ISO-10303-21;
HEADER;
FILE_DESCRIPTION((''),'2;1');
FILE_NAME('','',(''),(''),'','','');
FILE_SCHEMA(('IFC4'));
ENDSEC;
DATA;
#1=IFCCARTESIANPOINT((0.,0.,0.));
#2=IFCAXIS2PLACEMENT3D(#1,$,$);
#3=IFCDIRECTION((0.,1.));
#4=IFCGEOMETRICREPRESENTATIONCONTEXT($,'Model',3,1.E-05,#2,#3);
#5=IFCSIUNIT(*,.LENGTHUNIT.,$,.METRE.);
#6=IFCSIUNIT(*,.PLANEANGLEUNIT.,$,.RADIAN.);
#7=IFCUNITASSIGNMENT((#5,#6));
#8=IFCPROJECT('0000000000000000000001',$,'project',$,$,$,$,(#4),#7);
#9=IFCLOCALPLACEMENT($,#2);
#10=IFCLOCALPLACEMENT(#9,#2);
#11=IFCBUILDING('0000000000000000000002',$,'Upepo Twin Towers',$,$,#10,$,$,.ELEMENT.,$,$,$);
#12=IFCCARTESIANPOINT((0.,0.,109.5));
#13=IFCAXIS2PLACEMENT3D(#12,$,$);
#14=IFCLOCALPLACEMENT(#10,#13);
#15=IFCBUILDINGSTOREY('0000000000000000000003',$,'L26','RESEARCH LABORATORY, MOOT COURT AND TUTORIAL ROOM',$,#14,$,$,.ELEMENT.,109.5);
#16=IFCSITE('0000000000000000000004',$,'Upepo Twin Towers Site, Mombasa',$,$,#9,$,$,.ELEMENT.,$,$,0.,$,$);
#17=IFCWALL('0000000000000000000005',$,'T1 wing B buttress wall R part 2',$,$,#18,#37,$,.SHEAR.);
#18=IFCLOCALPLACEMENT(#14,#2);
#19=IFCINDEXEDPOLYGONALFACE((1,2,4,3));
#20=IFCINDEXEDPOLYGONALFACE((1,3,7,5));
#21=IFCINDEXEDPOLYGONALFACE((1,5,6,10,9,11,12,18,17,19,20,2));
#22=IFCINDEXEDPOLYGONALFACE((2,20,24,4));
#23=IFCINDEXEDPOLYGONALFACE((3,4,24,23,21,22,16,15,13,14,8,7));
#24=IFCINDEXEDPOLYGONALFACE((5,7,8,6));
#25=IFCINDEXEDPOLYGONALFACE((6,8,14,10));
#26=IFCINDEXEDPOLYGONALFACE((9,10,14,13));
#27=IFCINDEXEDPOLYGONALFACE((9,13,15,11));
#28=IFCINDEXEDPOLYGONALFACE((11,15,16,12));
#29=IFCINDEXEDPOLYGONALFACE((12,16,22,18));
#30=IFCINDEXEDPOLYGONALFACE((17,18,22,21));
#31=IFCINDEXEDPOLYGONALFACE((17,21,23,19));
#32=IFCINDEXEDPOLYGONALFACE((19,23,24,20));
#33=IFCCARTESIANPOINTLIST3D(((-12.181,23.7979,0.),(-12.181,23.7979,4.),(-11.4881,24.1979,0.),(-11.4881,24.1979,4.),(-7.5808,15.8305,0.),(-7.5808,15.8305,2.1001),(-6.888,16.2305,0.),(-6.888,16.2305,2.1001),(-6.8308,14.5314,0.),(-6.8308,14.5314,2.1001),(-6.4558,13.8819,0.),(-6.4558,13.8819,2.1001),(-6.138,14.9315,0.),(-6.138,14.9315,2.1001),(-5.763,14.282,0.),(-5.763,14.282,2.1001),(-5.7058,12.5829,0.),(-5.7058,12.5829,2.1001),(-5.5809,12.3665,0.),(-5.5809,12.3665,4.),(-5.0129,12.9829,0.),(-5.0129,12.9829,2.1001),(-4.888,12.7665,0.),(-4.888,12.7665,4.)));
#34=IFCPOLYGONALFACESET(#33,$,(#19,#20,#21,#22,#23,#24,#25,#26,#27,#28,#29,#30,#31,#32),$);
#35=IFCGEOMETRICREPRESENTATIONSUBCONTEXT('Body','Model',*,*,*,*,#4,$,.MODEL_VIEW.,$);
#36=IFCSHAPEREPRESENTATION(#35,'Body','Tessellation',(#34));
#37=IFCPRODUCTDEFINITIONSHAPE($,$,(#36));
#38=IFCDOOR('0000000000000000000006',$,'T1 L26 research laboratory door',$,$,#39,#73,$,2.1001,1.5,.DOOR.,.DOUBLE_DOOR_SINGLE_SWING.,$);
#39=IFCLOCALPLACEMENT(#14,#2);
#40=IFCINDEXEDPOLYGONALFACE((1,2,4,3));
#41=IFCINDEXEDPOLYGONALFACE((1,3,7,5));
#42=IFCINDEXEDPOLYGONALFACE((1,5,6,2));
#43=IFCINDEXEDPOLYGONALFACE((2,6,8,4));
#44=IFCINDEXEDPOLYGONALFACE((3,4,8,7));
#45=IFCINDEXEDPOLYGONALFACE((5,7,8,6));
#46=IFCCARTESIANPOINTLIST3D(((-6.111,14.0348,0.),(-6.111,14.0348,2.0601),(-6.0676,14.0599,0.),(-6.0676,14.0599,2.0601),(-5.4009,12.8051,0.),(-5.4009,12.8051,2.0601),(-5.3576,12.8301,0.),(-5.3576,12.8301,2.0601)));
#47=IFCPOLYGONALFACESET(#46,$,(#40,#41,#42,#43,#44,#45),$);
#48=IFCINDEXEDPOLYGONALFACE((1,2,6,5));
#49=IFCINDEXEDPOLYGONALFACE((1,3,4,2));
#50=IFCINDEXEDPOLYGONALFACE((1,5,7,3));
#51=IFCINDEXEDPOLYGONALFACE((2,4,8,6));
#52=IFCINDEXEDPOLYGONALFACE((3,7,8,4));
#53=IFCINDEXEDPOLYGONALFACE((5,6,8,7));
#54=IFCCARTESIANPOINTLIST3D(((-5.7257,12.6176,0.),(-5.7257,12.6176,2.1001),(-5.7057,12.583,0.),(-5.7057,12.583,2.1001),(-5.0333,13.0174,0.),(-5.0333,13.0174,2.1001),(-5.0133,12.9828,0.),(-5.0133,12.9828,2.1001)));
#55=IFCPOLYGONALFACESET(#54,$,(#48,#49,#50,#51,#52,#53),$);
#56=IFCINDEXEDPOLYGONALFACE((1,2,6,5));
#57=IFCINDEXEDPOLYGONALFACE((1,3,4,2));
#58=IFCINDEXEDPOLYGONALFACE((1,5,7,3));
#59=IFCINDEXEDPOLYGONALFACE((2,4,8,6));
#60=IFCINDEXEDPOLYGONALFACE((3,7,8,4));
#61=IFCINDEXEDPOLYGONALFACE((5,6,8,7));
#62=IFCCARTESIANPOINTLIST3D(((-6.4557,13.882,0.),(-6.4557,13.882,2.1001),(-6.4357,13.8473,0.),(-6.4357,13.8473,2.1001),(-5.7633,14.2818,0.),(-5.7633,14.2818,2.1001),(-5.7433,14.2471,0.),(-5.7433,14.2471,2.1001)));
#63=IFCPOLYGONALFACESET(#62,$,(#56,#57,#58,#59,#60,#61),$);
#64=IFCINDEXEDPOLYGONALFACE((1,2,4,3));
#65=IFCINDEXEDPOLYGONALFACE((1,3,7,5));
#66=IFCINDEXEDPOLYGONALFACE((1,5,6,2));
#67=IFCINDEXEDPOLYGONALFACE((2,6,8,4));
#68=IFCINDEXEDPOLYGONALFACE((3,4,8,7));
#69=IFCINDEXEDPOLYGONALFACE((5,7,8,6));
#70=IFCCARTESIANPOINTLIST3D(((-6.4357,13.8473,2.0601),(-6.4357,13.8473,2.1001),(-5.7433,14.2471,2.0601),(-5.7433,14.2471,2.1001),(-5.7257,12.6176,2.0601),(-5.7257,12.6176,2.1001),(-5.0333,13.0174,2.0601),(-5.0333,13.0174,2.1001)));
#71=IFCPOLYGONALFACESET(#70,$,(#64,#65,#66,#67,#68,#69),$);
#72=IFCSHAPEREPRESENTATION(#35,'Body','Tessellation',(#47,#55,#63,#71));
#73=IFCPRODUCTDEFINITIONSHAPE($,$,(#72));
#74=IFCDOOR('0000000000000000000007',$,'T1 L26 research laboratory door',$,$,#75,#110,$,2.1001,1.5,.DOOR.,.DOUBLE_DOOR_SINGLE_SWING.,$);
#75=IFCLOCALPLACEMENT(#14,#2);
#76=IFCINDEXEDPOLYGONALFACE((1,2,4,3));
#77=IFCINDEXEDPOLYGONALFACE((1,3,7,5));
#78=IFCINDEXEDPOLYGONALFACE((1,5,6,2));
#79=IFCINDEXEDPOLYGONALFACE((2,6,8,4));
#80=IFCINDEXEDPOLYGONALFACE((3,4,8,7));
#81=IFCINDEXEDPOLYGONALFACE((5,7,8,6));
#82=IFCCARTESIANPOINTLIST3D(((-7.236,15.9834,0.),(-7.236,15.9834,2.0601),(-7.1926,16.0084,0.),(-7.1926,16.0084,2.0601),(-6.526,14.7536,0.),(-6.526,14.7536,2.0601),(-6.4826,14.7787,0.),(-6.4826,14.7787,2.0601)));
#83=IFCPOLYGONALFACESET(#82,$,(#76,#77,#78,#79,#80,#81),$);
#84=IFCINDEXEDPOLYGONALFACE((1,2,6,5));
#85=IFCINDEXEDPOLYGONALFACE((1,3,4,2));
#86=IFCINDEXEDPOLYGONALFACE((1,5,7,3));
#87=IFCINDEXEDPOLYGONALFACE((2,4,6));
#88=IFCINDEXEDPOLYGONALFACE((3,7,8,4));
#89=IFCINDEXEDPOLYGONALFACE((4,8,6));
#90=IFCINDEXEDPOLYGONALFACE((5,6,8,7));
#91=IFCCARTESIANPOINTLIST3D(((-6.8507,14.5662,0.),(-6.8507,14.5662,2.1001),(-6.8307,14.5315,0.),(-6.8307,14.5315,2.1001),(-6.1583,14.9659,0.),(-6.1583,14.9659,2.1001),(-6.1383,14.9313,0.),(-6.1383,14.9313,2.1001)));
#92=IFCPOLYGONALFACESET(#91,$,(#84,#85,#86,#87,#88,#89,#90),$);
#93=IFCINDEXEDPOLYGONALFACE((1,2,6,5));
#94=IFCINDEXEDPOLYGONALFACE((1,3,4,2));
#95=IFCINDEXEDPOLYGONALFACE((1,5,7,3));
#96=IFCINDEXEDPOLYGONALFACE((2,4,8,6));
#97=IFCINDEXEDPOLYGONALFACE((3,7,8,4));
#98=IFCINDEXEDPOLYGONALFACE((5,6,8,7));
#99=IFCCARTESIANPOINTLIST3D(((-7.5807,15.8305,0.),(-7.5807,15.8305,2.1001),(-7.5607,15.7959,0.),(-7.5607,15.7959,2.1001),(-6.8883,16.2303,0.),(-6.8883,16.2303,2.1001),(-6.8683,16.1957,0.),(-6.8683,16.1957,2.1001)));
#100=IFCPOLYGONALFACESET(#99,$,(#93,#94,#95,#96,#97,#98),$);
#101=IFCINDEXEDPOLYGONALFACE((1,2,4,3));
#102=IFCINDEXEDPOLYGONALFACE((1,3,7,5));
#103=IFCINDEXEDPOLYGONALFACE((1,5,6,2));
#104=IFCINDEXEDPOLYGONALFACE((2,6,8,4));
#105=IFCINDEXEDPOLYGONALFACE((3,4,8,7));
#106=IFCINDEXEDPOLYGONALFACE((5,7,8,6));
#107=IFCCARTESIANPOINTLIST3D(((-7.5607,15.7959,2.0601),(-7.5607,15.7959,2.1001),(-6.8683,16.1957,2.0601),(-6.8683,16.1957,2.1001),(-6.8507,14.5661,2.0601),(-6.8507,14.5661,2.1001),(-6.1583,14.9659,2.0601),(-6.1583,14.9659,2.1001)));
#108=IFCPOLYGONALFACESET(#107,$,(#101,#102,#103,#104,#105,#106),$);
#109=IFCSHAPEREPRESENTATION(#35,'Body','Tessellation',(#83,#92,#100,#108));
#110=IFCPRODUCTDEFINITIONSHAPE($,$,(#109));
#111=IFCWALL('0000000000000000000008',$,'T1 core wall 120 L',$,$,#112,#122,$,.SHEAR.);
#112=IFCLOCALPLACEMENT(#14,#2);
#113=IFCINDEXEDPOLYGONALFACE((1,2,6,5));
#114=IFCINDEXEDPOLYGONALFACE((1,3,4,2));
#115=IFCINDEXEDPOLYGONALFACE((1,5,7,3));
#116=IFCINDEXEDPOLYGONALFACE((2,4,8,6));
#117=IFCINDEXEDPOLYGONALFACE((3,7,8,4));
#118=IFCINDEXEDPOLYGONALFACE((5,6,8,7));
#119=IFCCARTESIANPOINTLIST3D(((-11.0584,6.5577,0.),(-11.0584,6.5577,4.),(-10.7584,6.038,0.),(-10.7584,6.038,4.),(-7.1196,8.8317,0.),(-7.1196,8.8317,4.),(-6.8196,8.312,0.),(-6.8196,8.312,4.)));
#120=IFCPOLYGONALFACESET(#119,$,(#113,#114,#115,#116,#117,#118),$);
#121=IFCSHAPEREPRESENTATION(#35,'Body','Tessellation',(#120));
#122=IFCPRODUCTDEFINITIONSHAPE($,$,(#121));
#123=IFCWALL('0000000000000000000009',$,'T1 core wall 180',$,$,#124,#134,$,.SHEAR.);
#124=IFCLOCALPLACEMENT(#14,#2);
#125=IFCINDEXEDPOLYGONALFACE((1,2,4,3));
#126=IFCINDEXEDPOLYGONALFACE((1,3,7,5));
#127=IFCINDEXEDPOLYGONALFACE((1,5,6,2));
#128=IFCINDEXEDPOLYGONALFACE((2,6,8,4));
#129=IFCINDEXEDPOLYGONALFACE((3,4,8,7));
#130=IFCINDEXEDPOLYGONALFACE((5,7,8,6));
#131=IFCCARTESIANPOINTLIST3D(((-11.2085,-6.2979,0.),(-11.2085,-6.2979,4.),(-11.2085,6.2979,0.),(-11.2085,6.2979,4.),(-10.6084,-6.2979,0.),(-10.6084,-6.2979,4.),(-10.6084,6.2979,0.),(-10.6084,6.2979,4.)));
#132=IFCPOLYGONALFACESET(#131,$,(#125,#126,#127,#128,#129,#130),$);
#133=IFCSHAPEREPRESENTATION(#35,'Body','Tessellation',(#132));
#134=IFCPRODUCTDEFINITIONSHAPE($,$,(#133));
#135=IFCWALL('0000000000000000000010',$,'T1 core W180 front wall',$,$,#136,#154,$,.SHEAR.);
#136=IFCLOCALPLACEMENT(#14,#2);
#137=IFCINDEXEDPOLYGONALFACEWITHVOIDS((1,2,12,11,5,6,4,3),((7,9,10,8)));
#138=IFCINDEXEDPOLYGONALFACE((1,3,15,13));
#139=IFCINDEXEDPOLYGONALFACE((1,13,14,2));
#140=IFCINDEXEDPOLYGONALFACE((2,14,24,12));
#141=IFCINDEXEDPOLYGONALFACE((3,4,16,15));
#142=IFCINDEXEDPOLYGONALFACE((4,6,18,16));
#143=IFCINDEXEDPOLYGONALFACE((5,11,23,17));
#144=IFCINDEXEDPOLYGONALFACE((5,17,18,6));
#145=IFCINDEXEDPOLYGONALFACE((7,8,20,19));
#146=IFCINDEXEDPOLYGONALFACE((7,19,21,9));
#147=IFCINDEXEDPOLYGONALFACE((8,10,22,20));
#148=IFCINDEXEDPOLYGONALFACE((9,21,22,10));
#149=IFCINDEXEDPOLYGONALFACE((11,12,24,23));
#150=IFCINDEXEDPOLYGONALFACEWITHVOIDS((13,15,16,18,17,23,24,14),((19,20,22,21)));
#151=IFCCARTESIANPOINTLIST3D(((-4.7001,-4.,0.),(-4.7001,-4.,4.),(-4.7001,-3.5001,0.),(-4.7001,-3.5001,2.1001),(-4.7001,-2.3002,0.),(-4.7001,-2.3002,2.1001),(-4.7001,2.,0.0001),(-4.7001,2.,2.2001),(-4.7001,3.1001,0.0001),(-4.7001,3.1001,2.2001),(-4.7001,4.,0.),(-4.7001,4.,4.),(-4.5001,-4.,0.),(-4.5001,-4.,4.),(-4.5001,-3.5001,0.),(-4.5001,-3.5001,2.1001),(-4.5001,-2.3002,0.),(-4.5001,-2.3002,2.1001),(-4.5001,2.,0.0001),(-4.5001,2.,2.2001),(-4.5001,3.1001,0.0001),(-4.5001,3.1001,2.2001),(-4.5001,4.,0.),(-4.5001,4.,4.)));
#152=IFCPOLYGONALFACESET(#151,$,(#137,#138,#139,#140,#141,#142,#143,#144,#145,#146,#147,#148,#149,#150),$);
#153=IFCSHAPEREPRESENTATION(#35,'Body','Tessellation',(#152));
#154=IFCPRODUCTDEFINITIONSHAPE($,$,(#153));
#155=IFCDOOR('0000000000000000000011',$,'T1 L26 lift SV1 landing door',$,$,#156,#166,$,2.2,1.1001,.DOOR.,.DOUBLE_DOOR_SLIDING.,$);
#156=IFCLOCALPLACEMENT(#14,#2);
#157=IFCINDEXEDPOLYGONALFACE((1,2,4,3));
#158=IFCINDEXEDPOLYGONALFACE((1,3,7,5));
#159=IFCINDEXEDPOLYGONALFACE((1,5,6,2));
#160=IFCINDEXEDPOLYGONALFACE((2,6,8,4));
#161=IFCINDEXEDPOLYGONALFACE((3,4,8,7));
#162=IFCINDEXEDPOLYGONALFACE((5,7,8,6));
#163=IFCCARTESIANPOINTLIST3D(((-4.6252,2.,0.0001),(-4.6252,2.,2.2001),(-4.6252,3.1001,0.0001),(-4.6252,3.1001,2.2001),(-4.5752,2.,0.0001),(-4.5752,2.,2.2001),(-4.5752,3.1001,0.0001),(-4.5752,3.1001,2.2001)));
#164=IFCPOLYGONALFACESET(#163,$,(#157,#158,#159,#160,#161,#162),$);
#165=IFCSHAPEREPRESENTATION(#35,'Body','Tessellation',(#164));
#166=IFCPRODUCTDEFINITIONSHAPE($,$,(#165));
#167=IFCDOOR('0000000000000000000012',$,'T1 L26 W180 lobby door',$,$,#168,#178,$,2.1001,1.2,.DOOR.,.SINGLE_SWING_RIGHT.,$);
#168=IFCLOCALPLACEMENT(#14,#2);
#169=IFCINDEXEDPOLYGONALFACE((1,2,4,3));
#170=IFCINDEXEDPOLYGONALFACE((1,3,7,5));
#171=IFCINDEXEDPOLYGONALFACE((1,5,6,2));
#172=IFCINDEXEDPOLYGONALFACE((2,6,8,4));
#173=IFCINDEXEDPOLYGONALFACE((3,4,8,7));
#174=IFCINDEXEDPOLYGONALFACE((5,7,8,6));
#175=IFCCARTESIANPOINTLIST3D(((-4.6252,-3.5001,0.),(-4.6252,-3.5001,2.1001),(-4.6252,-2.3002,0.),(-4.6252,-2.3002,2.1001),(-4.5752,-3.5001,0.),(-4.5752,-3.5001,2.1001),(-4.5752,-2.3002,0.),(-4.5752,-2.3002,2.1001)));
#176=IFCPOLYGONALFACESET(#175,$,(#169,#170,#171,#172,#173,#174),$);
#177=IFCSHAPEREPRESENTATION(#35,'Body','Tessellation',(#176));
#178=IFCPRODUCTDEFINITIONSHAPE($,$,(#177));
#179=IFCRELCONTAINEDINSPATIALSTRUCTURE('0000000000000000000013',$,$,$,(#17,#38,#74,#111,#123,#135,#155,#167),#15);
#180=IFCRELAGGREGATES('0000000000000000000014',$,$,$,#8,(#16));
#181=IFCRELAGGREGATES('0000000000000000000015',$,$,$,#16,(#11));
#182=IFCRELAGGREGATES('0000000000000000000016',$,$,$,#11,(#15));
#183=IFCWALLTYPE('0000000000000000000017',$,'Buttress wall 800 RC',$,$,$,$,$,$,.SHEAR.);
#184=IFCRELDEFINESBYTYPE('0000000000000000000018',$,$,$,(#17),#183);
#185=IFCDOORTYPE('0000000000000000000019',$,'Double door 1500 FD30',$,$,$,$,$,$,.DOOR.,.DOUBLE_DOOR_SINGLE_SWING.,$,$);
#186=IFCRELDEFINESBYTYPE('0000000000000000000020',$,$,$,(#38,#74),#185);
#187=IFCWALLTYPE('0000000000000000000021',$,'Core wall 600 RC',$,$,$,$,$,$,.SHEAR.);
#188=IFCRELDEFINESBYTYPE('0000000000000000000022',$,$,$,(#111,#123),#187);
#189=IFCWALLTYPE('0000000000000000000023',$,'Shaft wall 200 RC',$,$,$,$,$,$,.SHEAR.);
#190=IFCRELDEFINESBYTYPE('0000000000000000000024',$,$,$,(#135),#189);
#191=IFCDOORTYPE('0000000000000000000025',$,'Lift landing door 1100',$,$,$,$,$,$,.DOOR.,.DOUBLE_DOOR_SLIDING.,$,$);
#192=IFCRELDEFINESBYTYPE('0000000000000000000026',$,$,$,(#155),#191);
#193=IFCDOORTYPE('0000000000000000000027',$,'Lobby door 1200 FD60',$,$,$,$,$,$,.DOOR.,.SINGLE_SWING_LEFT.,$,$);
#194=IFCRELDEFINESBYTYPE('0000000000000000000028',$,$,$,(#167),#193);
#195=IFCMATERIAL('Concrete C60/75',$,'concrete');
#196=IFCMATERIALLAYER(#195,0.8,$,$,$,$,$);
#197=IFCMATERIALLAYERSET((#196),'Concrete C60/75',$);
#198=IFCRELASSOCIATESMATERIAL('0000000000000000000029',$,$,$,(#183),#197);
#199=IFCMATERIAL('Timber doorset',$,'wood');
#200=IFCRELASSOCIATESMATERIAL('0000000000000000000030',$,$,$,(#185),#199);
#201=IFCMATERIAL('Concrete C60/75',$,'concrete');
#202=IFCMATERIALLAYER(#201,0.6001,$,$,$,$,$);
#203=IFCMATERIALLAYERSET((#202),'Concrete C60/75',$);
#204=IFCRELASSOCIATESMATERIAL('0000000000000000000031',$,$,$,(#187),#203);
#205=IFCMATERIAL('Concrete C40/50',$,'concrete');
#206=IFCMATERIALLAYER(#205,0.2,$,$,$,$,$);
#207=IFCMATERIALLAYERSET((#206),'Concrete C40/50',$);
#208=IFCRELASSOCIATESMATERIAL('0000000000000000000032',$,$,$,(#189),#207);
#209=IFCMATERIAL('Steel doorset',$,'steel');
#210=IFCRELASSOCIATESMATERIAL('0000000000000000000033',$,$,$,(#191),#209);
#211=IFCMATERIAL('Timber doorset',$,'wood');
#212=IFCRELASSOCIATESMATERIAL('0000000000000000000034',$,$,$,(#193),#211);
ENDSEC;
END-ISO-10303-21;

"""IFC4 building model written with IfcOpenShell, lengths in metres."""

from ifc_helpers import new_model, si_unit, direction, frame, frame_2d, origin, place, context, subcontext, project, spatial, rectangle, extrude, material, layer, layer_set, type_object, element, fill, save


model = new_model("IFC4")

# Units and contexts
model_context = context("Model", 3, precision=1e-05, world=origin(), true_north=direction((0.0, 1.0)))
body_context = subcontext(model_context, "Body", "Model", "MODEL_VIEW")
ifc_project = project(units=[si_unit("LENGTHUNIT", "METRE"), si_unit("PLANEANGLEUNIT", "RADIAN")], contexts=[model_context])

# Site, building, storey
site_placement = place(None, origin())
site = spatial("IfcSite", under=ifc_project, at=site_placement, Name="Upepo Twin Towers Site, Mombasa", CompositionType="ELEMENT", RefElevation=0.0)
building_placement = place(site_placement, origin())
building = spatial("IfcBuilding", under=site, at=building_placement, Name="Upepo Twin Towers", CompositionType="ELEMENT")
storey_placement = place(building_placement, frame((0.0, 0.0, 109.5)))
storey = spatial("IfcBuildingStorey", under=building, at=storey_placement, Name="L26", Description="RESEARCH LABORATORY, MOOT COURT AND TUTORIAL ROOM", CompositionType="ELEMENT", Elevation=109.5)

# Wall, openings, doors
ifc_material_1 = material(Name="Concrete C60/75", Category="concrete")
ifc_layer_1 = layer(ifc_material_1, 0.8)
ifc_layer_set_1 = layer_set([ifc_layer_1], Name="Concrete C60/75")
wall_type_1 = type_object("IfcWallType", Name="Buttress wall 800 RC", PredefinedType="SHEAR", material=ifc_layer_set_1)
ifc_material_2 = material(Name="Timber doorset", Category="wood")
door_type_1 = type_object("IfcDoorType", Name="Double door 1500 FD30", OperationType="DOUBLE_DOOR_SINGLE_SWING", PredefinedType="DOOR", material=ifc_material_2)
wall_1_placement = place(storey_placement, frame((-5.2344, 12.5664, 0.0), z_axis=(0.0, 0.0, 1.0), x_axis=(-0.50001, 0.86602, 0.0)))
wall_1 = element("IfcWall", 1, at=wall_1_placement, inside=storey, type_object=wall_type_1, Name="T1 wing B buttress wall R part 2", PredefinedType="SHEAR", context=body_context, shape_type="SweptSolid", body=[
    extrude(rectangle(XDim=13.2, YDim=0.8, at=frame_2d((6.6001, 0.0))), origin(), (0.0, 0.0, 1.0), 4.0),
])
opening_1_placement = place(wall_1_placement, frame((0.25, 0.0, 0.0)))
opening_1 = element("IfcOpeningElement", 2, at=opening_1_placement, cuts=wall_1, PredefinedType="OPENING", context=body_context, shape_type="SweptSolid", body=[
    extrude(rectangle(XDim=1.5, YDim=2.1001, at=frame_2d((0.75, 1.05))), frame((0.0, 0.4099, 0.0), z_axis=(0.0, -1.0, 0.0), x_axis=(1.0, 0.0, 0.0)), (0.0, 0.0, 1.0), 0.8201),
])
opening_2_placement = place(wall_1_placement, frame((2.5, 0.0, 0.0)))
opening_2 = element("IfcOpeningElement", 3, at=opening_2_placement, cuts=wall_1, PredefinedType="OPENING", context=body_context, shape_type="SweptSolid", body=[
    extrude(rectangle(XDim=1.5, YDim=2.1001, at=frame_2d((0.75, 1.05))), frame((0.0, 0.4099, 0.0), z_axis=(0.0, -1.0, 0.0), x_axis=(1.0, 0.0, 0.0)), (0.0, 0.0, 1.0), 0.8201),
])
door_1_placement = place(opening_1_placement, origin())
door_1 = element("IfcDoor", 4, at=door_1_placement, inside=storey, type_object=door_type_1, Name="T1 L26 research laboratory door", OperationType="DOUBLE_DOOR_SINGLE_SWING", OverallHeight=2.1001, OverallWidth=1.5, PredefinedType="DOOR", context=body_context, shape_type="SweptSolid", body=[
    extrude(rectangle(XDim=1.42, YDim=2.0601, at=frame_2d((0.75, 1.03))), frame((0.0, 0.0249, 0.0), z_axis=(0.0, -1.0, 0.0), x_axis=(1.0, 0.0, 0.0)), (0.0, 0.0, 1.0), 0.05),
    extrude(rectangle(XDim=0.04, YDim=2.1001, at=frame_2d((0.02, 1.05))), frame((0.0, 0.3999, 0.0), z_axis=(0.0, -1.0, 0.0), x_axis=(1.0, 0.0, 0.0)), (0.0, 0.0, 1.0), 0.7996),
    extrude(rectangle(XDim=0.04, YDim=2.1001, at=frame_2d((1.48, 1.05))), frame((0.0, 0.3999, 0.0), z_axis=(0.0, -1.0, 0.0), x_axis=(1.0, 0.0, 0.0)), (0.0, 0.0, 1.0), 0.7996),
    extrude(rectangle(XDim=1.42, YDim=0.04, at=frame_2d((0.75, 2.0801))), frame((0.0, 0.3999, 0.0), z_axis=(0.0, -1.0, 0.0), x_axis=(1.0, 0.0, 0.0)), (0.0, 0.0, 1.0), 0.7996),
])
fill(opening_1, door_1)
door_2_placement = place(opening_2_placement, origin())
door_2 = element("IfcDoor", 5, at=door_2_placement, inside=storey, type_object=door_type_1, Name="T1 L26 research laboratory door", OperationType="DOUBLE_DOOR_SINGLE_SWING", OverallHeight=2.1001, OverallWidth=1.5, PredefinedType="DOOR", context=body_context, shape_type="SweptSolid", body=[
    extrude(rectangle(XDim=1.42, YDim=2.0601, at=frame_2d((0.75, 1.03))), frame((0.0, 0.0249, 0.0), z_axis=(0.0, -1.0, 0.0), x_axis=(1.0, 0.0, 0.0)), (0.0, 0.0, 1.0), 0.05),
    extrude(rectangle(XDim=0.04, YDim=2.1001, at=frame_2d((0.02, 1.05))), frame((0.0, 0.3999, 0.0), z_axis=(0.0, -1.0, 0.0), x_axis=(1.0, 0.0, 0.0)), (0.0, 0.0, 1.0), 0.7996),
    extrude(rectangle(XDim=0.04, YDim=2.1001, at=frame_2d((1.48, 1.05))), frame((0.0, 0.3999, 0.0), z_axis=(0.0, -1.0, 0.0), x_axis=(1.0, 0.0, 0.0)), (0.0, 0.0, 1.0), 0.7996),
    extrude(rectangle(XDim=1.42, YDim=0.04, at=frame_2d((0.75, 2.0801))), frame((0.0, 0.3999, 0.0), z_axis=(0.0, -1.0, 0.0), x_axis=(1.0, 0.0, 0.0)), (0.0, 0.0, 1.0), 0.7996),
])
fill(opening_2, door_2)

# Walls
ifc_material_3 = material(Name="Concrete C60/75", Category="concrete")
ifc_layer_2 = layer(ifc_material_3, 0.6001)
ifc_layer_set_2 = layer_set([ifc_layer_2], Name="Concrete C60/75")
wall_type_2 = type_object("IfcWallType", Name="Core wall 600 RC", PredefinedType="SHEAR", material=ifc_layer_set_2)
wall_2_placement = place(storey_placement, frame((-6.9697, 8.5718, 0.0), z_axis=(0.0, 0.0, 1.0), x_axis=(-0.866035, -0.499984, 0.0)))
element("IfcWall", 6, at=wall_2_placement, inside=storey, type_object=wall_type_2, Name="T1 core wall 120 L", PredefinedType="SHEAR", context=body_context, shape_type="SweptSolid", body=[
    extrude(rectangle(XDim=4.5481, YDim=0.6001, at=frame_2d((2.2739, 0.0))), origin(), (0.0, 0.0, 1.0), 4.0),
])
wall_3_placement = place(storey_placement, frame((-10.9084, 6.2979, 0.0), z_axis=(0.0, 0.0, 1.0), x_axis=(0.0, -1.0, 0.0)))
element("IfcWall", 7, at=wall_3_placement, inside=storey, type_object=wall_type_2, Name="T1 core wall 180", PredefinedType="SHEAR", context=body_context, shape_type="SweptSolid", body=[
    extrude(rectangle(XDim=12.5957, YDim=0.6001, at=frame_2d((6.2979, 0.0))), origin(), (0.0, 0.0, 1.0), 4.0),
])

# Wall, openings, doors
ifc_material_4 = material(Name="Concrete C40/50", Category="concrete")
ifc_layer_3 = layer(ifc_material_4, 0.2)
ifc_layer_set_3 = layer_set([ifc_layer_3], Name="Concrete C40/50")
wall_type_3 = type_object("IfcWallType", Name="Shaft wall 200 RC", PredefinedType="SHEAR", material=ifc_layer_set_3)
wall_4_placement = place(storey_placement, frame((-4.6001, 4.0, 0.0), z_axis=(0.0, 0.0, 1.0), x_axis=(0.0, -1.0, 0.0)))
wall_4 = element("IfcWall", 8, at=wall_4_placement, inside=storey, type_object=wall_type_3, Name="T1 core W180 front wall", PredefinedType="SHEAR", context=body_context, shape_type="SweptSolid", body=[
    extrude(rectangle(XDim=8.0, YDim=0.2, at=frame_2d((4.0, 0.0))), origin(), (0.0, 0.0, 1.0), 4.0),
])
opening_3_placement = place(wall_4_placement, frame((6.3, 0.0, 0.0)))
opening_3 = element("IfcOpeningElement", 9, at=opening_3_placement, cuts=wall_4, PredefinedType="OPENING", context=body_context, shape_type="SweptSolid", body=[
    extrude(rectangle(XDim=1.2, YDim=2.1001, at=frame_2d((0.6001, 1.05))), frame((0.0, 0.1099, 0.0), z_axis=(0.0, -1.0, 0.0), x_axis=(1.0, 0.0, 0.0)), (0.0, 0.0, 1.0), 0.22),
])
opening_4_placement = place(wall_4_placement, frame((0.8999, 0.0, 0.0)))
opening_4 = element("IfcOpeningElement", 10, at=opening_4_placement, cuts=wall_4, PredefinedType="OPENING", context=body_context, shape_type="SweptSolid", body=[
    extrude(rectangle(XDim=1.1001, YDim=2.2, at=frame_2d((0.55, 1.1001))), frame((0.0, 0.1099, 0.0), z_axis=(0.0, -1.0, 0.0), x_axis=(1.0, 0.0, 0.0)), (0.0, 0.0, 1.0), 0.22),
])
ifc_material_5 = material(Name="Steel doorset", Category="steel")
door_type_2 = type_object("IfcDoorType", Name="Lift landing door 1100", OperationType="DOUBLE_DOOR_SLIDING", PredefinedType="DOOR", material=ifc_material_5)
door_3_placement = place(opening_4_placement, origin())
door_3 = element("IfcDoor", 11, at=door_3_placement, inside=storey, type_object=door_type_2, Name="T1 L26 lift SV1 landing door", OperationType="DOUBLE_DOOR_SLIDING", OverallHeight=2.2, OverallWidth=1.1001, PredefinedType="DOOR", context=body_context, shape_type="SweptSolid", body=[
    extrude(rectangle(XDim=1.1001, YDim=2.2, at=frame_2d((0.55, 1.1001))), frame((0.0, 0.0249, 0.0), z_axis=(0.0, -1.0, 0.0), x_axis=(1.0, 0.0, 0.0)), (0.0, 0.0, 1.0), 0.05),
])
fill(opening_4, door_3)
ifc_material_6 = material(Name="Timber doorset", Category="wood")
door_type_3 = type_object("IfcDoorType", Name="Lobby door 1200 FD60", OperationType="SINGLE_SWING_LEFT", PredefinedType="DOOR", material=ifc_material_6)
door_4_placement = place(opening_3_placement, origin())
door_4 = element("IfcDoor", 12, at=door_4_placement, inside=storey, type_object=door_type_3, Name="T1 L26 W180 lobby door", OperationType="SINGLE_SWING_RIGHT", OverallHeight=2.1001, OverallWidth=1.2, PredefinedType="DOOR", context=body_context, shape_type="SweptSolid", body=[
    extrude(rectangle(XDim=1.2, YDim=2.1001, at=frame_2d((0.6001, 1.05))), frame((0.0, 0.0249, 0.0), z_axis=(0.0, -1.0, 0.0), x_axis=(1.0, 0.0, 0.0)), (0.0, 0.0, 1.0), 0.05),
])
fill(opening_3, door_4)

save(model, "model.ifc")
